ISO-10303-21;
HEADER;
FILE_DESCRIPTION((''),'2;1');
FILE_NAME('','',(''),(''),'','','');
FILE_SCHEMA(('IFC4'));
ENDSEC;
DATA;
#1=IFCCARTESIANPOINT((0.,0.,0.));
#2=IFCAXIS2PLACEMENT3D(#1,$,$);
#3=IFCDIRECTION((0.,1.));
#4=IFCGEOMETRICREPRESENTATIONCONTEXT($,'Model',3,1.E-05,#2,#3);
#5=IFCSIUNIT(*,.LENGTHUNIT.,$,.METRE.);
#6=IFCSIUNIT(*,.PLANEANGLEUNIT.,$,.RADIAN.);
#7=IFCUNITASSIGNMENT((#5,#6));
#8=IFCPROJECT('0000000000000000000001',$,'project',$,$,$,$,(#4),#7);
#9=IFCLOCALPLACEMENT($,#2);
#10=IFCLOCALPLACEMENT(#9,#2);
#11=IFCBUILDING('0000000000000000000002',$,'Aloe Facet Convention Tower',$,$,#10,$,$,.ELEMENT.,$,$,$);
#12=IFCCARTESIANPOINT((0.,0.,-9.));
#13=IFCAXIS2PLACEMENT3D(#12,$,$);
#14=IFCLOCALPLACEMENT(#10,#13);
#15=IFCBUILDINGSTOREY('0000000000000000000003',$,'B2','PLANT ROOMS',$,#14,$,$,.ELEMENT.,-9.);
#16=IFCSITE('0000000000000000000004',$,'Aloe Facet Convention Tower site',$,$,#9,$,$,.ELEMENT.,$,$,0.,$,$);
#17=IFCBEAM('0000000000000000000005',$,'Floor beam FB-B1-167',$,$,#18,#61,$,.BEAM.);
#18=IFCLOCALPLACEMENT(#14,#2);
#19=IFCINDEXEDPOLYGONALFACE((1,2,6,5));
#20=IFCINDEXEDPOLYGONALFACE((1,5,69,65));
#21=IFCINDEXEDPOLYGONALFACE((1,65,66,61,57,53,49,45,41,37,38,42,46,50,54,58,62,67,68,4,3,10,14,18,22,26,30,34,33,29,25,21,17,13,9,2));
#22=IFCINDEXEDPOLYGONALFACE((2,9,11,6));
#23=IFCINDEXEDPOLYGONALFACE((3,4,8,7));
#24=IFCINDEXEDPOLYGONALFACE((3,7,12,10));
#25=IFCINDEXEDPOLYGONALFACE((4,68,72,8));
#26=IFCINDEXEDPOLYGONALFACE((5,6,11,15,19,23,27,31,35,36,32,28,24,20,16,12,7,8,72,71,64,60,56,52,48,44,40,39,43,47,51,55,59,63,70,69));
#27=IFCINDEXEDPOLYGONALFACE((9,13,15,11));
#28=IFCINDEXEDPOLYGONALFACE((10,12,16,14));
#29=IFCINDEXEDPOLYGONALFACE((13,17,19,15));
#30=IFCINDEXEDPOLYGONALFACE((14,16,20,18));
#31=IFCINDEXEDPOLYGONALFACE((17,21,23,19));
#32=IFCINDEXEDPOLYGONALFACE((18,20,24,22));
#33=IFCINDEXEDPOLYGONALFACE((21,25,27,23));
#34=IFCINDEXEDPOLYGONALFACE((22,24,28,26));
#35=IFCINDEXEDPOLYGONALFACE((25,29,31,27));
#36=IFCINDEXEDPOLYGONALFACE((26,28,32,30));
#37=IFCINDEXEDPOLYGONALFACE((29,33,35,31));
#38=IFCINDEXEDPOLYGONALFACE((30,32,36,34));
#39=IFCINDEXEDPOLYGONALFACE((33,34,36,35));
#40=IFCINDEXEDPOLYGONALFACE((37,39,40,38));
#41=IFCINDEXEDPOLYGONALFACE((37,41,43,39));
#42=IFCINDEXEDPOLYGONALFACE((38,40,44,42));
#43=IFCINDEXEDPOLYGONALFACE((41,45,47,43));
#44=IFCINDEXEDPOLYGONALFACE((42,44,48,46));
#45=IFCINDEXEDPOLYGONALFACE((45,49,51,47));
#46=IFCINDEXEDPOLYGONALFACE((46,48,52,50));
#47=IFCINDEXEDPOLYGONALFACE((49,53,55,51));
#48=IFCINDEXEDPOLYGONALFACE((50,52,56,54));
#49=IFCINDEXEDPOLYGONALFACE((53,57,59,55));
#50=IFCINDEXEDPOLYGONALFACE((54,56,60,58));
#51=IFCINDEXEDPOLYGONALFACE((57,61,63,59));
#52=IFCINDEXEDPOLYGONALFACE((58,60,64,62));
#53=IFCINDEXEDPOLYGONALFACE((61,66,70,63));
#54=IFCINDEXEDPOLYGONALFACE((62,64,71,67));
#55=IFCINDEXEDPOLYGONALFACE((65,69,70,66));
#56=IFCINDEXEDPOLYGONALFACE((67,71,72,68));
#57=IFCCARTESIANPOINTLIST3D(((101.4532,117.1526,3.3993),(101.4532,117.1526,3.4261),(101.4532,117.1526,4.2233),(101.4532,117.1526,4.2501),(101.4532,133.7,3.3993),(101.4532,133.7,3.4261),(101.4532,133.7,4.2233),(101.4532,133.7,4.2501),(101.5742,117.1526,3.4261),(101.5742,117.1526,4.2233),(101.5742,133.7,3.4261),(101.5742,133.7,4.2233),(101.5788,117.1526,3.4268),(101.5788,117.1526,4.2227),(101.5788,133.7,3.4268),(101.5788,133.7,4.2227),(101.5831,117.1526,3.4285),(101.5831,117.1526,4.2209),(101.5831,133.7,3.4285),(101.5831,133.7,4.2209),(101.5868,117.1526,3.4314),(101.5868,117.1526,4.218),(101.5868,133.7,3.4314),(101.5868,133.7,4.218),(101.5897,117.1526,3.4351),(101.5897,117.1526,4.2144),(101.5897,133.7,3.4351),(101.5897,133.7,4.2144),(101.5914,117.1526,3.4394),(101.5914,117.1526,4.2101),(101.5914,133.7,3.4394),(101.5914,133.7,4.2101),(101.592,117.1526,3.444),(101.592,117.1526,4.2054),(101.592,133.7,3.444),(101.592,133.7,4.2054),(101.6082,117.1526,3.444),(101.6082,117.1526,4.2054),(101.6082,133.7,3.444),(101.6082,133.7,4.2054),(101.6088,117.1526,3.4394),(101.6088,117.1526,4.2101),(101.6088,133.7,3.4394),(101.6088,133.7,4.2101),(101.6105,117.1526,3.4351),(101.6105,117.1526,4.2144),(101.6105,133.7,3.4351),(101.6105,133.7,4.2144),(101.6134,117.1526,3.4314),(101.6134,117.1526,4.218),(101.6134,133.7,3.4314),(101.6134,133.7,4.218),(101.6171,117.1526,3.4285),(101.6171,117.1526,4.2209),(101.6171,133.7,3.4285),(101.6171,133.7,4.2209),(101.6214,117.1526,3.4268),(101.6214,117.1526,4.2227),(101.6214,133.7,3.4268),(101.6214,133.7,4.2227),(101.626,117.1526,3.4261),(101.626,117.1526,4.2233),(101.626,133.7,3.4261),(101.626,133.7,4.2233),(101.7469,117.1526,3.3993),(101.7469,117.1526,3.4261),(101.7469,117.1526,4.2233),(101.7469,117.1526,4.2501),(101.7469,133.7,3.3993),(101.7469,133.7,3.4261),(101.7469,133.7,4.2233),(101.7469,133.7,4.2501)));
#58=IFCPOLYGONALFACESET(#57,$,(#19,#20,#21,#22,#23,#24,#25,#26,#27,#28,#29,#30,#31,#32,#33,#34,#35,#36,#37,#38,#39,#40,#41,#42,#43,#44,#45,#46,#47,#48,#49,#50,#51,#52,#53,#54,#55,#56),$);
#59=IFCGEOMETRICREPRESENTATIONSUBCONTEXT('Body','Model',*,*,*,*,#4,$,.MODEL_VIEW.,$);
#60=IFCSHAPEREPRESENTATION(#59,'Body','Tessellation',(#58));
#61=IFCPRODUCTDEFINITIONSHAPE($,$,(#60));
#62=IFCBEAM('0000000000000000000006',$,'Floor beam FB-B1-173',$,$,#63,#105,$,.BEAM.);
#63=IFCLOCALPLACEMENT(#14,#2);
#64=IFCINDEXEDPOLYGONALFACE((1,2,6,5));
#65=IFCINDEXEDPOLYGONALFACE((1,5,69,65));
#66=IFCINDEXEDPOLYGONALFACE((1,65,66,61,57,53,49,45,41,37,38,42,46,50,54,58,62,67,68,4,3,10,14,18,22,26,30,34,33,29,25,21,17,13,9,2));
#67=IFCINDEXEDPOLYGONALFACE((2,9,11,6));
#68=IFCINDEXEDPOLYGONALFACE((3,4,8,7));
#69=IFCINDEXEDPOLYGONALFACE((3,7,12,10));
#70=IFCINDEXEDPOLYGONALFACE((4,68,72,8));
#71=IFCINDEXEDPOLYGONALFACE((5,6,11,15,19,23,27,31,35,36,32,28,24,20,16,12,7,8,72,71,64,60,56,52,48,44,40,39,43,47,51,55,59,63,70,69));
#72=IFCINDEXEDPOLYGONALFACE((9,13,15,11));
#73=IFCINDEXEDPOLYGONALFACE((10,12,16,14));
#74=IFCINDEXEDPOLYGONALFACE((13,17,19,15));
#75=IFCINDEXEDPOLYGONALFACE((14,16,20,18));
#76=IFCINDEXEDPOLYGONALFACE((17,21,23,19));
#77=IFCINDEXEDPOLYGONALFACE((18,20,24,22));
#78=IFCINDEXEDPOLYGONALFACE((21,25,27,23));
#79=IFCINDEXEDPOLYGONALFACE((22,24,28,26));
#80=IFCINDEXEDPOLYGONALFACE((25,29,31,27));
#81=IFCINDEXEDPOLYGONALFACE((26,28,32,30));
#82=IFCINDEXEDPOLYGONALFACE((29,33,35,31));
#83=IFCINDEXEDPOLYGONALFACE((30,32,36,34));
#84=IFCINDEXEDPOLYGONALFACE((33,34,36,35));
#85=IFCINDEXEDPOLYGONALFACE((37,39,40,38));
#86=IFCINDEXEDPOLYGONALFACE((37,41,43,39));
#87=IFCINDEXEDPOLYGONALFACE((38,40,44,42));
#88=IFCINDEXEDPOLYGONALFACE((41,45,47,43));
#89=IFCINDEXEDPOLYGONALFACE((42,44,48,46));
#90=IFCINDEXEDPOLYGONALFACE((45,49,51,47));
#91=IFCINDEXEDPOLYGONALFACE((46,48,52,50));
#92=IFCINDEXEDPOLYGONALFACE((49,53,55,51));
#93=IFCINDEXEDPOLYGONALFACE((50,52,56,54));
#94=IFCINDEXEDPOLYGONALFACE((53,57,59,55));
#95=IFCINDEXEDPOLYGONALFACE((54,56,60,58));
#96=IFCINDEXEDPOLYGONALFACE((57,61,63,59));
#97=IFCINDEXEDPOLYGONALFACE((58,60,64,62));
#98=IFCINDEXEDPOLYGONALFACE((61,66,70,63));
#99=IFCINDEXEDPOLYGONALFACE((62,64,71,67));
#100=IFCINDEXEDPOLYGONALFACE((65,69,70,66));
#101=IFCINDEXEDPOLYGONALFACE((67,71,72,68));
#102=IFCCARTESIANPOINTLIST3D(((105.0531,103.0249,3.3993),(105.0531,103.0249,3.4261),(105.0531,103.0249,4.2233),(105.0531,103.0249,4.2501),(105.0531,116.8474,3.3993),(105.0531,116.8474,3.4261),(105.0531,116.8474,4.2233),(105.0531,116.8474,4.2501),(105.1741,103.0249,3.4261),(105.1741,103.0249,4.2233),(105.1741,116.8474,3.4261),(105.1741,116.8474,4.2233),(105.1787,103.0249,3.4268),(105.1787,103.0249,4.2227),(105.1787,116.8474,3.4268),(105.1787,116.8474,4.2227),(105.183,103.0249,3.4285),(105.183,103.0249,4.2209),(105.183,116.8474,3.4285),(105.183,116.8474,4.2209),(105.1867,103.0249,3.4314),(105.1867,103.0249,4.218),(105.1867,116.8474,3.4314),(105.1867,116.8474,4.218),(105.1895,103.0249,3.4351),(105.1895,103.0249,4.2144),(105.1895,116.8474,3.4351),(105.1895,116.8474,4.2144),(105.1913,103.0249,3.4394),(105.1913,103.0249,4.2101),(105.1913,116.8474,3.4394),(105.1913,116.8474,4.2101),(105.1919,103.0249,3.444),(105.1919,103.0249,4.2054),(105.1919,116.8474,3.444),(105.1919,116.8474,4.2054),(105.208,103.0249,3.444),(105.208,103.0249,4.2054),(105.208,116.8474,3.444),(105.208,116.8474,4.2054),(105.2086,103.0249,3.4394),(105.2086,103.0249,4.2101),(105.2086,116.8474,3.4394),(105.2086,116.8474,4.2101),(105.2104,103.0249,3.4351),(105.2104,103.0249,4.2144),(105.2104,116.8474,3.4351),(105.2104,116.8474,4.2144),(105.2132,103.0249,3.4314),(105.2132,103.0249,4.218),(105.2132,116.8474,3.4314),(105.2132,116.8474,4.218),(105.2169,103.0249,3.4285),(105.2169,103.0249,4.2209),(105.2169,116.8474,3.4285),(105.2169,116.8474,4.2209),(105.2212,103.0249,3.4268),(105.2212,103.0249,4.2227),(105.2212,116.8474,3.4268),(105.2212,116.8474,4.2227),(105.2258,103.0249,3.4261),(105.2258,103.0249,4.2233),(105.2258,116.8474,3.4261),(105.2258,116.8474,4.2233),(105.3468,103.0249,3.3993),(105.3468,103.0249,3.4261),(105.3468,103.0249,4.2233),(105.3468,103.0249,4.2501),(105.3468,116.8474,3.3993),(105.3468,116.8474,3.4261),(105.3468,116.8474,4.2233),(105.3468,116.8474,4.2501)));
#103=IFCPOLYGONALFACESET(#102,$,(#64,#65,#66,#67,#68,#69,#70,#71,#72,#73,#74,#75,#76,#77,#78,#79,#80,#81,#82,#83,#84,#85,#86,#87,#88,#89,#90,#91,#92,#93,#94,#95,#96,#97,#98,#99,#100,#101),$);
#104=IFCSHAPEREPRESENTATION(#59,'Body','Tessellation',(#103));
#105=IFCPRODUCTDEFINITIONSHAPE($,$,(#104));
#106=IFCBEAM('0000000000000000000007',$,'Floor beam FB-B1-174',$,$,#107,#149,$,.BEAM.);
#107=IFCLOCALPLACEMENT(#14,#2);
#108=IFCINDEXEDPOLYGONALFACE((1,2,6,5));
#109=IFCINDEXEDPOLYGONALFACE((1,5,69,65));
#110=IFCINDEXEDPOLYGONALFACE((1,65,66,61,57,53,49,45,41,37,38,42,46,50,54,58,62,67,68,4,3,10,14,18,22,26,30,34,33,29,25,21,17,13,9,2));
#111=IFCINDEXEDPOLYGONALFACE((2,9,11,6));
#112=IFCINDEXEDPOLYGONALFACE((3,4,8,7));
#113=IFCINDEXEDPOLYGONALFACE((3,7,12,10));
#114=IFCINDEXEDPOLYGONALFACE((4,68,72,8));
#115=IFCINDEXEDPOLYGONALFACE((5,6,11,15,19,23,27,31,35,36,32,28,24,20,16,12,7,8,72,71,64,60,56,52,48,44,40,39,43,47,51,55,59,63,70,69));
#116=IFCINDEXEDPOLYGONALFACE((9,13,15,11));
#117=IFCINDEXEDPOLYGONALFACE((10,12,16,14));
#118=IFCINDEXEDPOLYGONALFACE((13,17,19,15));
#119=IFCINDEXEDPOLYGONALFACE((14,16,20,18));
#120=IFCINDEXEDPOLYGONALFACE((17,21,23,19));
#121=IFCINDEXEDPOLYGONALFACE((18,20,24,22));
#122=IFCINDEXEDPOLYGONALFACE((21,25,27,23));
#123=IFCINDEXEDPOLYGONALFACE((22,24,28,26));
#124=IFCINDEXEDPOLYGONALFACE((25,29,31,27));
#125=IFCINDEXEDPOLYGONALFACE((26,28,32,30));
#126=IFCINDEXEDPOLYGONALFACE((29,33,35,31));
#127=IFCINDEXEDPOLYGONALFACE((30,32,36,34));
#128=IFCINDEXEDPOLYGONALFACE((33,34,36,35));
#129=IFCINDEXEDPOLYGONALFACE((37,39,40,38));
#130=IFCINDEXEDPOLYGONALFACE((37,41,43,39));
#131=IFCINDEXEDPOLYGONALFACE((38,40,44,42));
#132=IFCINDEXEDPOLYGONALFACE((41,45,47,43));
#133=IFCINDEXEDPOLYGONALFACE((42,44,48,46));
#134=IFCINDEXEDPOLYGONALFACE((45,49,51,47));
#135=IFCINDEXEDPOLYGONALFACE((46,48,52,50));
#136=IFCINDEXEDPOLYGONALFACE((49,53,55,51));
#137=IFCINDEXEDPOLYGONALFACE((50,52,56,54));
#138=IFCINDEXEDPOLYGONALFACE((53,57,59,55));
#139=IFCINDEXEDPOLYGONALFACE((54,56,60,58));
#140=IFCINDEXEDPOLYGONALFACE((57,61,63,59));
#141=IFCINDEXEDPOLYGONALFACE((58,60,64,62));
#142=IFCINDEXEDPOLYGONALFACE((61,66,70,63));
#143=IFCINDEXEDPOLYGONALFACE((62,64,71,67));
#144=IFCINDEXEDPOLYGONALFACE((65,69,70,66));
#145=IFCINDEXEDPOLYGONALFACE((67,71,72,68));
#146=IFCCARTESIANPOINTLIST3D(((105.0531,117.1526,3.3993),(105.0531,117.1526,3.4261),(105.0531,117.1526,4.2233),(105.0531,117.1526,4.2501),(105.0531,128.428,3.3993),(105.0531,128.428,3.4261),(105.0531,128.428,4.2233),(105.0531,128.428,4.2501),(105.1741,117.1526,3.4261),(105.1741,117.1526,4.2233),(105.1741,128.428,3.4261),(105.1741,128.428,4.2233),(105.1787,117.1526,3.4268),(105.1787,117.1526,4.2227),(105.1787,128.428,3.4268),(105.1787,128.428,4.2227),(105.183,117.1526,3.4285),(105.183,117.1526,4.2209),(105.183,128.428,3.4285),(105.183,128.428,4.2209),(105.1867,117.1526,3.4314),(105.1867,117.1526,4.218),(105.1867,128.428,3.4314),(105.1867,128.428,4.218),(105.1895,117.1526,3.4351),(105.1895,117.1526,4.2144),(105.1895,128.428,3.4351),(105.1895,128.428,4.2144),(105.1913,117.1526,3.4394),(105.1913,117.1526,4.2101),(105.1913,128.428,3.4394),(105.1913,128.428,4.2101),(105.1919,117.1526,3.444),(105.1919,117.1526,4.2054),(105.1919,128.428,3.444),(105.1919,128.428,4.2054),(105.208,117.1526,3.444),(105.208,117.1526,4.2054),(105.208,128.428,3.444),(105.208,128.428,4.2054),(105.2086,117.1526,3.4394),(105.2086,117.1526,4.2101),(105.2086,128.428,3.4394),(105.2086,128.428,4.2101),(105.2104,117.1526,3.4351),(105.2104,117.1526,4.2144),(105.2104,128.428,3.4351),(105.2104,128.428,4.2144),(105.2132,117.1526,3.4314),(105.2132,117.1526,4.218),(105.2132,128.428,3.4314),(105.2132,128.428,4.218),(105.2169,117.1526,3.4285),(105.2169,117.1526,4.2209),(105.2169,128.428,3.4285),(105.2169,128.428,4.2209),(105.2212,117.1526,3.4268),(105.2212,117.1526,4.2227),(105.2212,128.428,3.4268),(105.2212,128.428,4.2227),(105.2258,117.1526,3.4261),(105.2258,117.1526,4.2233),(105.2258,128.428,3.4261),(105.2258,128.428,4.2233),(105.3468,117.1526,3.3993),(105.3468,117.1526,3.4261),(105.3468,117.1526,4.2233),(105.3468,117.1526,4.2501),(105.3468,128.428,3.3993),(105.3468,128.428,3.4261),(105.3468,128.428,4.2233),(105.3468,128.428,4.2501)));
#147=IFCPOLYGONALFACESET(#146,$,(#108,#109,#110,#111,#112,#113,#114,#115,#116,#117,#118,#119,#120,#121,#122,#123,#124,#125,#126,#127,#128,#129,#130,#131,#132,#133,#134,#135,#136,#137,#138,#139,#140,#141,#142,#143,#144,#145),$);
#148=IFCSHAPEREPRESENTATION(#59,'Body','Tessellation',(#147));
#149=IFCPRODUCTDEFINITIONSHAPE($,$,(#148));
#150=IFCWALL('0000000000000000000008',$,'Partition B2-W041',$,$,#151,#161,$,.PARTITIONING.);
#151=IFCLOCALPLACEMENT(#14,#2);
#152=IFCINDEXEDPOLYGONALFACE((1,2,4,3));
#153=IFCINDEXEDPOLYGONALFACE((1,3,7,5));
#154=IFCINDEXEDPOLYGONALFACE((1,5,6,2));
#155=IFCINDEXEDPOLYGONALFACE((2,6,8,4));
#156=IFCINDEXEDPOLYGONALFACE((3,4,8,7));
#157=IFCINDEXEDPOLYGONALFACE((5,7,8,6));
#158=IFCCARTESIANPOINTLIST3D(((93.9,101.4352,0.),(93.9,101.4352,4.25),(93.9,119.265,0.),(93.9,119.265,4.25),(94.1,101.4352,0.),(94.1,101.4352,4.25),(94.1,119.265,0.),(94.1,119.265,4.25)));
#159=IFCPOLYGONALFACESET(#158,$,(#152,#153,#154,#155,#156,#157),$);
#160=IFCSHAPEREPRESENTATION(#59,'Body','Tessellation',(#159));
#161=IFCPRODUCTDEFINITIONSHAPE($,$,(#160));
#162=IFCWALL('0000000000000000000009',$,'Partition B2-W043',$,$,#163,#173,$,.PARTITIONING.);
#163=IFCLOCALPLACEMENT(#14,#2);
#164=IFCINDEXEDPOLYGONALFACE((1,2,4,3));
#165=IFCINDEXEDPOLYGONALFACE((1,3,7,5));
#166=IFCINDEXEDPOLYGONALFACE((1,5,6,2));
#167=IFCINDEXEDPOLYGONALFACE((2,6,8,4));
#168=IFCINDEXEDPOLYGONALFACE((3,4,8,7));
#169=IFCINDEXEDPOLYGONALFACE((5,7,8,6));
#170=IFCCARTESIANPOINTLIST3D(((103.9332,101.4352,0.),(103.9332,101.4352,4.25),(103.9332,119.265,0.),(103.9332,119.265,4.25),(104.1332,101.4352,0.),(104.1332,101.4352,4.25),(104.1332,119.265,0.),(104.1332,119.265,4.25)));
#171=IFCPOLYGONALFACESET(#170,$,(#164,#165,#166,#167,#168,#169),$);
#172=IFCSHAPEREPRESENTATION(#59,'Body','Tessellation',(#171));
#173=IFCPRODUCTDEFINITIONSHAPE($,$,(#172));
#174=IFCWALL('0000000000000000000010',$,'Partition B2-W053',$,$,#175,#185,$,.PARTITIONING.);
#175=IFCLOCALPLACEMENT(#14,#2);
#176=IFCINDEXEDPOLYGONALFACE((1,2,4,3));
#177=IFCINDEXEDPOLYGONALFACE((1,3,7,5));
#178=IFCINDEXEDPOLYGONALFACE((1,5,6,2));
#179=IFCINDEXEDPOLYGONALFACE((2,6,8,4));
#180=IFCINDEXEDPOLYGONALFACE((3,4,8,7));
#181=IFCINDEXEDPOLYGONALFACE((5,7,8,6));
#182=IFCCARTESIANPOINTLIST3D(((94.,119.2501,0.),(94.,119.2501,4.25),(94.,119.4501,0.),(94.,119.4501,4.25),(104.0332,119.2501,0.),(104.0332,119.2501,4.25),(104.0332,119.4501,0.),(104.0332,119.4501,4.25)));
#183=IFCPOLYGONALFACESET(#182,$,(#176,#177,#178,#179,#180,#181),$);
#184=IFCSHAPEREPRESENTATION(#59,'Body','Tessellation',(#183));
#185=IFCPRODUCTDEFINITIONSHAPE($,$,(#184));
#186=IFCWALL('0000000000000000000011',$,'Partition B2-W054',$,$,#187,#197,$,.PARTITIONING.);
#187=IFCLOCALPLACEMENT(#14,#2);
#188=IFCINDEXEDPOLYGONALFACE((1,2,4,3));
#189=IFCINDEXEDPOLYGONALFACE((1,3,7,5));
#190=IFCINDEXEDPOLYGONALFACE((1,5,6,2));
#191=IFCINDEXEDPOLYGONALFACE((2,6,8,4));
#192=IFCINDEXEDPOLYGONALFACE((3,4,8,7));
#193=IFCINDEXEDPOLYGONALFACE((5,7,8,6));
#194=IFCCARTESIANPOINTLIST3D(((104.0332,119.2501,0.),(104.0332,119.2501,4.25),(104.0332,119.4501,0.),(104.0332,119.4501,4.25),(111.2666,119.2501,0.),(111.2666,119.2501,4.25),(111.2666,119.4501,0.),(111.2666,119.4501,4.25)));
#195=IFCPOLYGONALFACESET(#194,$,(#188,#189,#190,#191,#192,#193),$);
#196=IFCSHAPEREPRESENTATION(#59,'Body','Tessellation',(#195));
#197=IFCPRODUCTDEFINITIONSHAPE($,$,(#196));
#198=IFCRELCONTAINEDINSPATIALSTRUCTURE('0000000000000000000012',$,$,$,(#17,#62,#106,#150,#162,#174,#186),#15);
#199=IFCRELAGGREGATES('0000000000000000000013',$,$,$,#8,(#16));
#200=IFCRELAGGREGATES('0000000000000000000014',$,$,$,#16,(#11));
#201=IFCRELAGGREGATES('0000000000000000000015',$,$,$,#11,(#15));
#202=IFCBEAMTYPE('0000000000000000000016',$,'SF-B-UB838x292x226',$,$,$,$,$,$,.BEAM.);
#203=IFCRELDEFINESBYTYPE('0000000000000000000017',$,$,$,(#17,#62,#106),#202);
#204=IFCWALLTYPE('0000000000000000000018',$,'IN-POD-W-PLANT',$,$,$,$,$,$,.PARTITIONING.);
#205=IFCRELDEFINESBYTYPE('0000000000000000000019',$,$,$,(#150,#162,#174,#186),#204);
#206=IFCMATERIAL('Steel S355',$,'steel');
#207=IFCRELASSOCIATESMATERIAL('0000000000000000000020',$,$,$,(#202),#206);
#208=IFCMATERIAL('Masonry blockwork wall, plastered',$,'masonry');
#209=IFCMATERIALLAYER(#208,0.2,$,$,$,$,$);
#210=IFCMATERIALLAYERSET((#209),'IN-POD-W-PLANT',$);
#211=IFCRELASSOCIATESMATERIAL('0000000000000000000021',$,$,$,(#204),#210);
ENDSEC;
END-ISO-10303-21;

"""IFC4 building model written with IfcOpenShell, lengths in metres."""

from ifc_helpers import new_model, si_unit, direction, frame, frame_2d, origin, origin_2d, place, context, subcontext, project, spatial, rectangle, i_section, extrude, material, layer, layer_set, material_profile, profile_set, type_object, element, save


model = new_model("IFC4")

# Units and contexts
model_context = context("Model", 3, precision=1e-05, world=origin(), true_north=direction((0.0, 1.0)))
body_context = subcontext(model_context, "Body", "Model", "MODEL_VIEW")
ifc_project = project(units=[si_unit("LENGTHUNIT", "METRE"), si_unit("PLANEANGLEUNIT", "RADIAN")], contexts=[model_context])

# Site, building, storey
site_placement = place(None, origin())
site = spatial("IfcSite", under=ifc_project, at=site_placement, Name="Aloe Facet Convention Tower site", CompositionType="ELEMENT", RefElevation=0.0)
building_placement = place(site_placement, origin())
building = spatial("IfcBuilding", under=site, at=building_placement, Name="Aloe Facet Convention Tower", CompositionType="ELEMENT")
storey_placement = place(building_placement, frame((0.0, 0.0, -9.0)))
storey = spatial("IfcBuildingStorey", under=building, at=storey_placement, Name="B2", Description="PLANT ROOMS", CompositionType="ELEMENT", Elevation=-9.0)

# Beams
ifc_material_1 = material(Name="Steel S355", Category="steel")
ifc_material_profile_1 = material_profile(ifc_material_1, i_section(OverallWidth=0.2937, OverallDepth=0.8508, WebThickness=0.0161, FlangeThickness=0.0269, FilletRadius=0.0178, at=origin_2d()), Name="UB 838x292x226")
ifc_profile_set_1 = profile_set([ifc_material_profile_1], Name="Steel S355")
beam_type_1 = type_object("IfcBeamType", Name="SF-B-UB838x292x226", PredefinedType="BEAM", material=ifc_profile_set_1)
beam_1_placement = place(storey_placement, frame((101.6001, 117.1526, 3.8247), z_axis=(0.0, 1.0, 0.0), x_axis=(-1.0, 0.0, 0.0)))
element("IfcBeam", 1, at=beam_1_placement, inside=storey, type_object=beam_type_1, Name="Floor beam FB-B1-167", PredefinedType="BEAM", context=body_context, shape_type="SweptSolid", body=[
    extrude(i_section(OverallWidth=0.2937, OverallDepth=0.8508, WebThickness=0.0161, FlangeThickness=0.0269, FilletRadius=0.0178, at=origin_2d()), origin(), (0.0, 0.0, 1.0), 16.5474),
])
beam_2_placement = place(storey_placement, frame((105.2, 103.0249, 3.8247), z_axis=(0.0, 1.0, 0.0), x_axis=(-1.0, 0.0, 0.0)))
element("IfcBeam", 2, at=beam_2_placement, inside=storey, type_object=beam_type_1, Name="Floor beam FB-B1-173", PredefinedType="BEAM", context=body_context, shape_type="SweptSolid", body=[
    extrude(i_section(OverallWidth=0.2937, OverallDepth=0.8508, WebThickness=0.0161, FlangeThickness=0.0269, FilletRadius=0.0178, at=origin_2d()), origin(), (0.0, 0.0, 1.0), 13.8225),
])
beam_3_placement = place(storey_placement, frame((105.2, 117.1526, 3.8247), z_axis=(0.0, 1.0, 0.0), x_axis=(-1.0, 0.0, 0.0)))
element("IfcBeam", 3, at=beam_3_placement, inside=storey, type_object=beam_type_1, Name="Floor beam FB-B1-174", PredefinedType="BEAM", context=body_context, shape_type="SweptSolid", body=[
    extrude(i_section(OverallWidth=0.2937, OverallDepth=0.8508, WebThickness=0.0161, FlangeThickness=0.0269, FilletRadius=0.0178, at=origin_2d()), origin(), (0.0, 0.0, 1.0), 11.2754),
])

# Walls
ifc_material_2 = material(Name="Masonry blockwork wall, plastered", Category="masonry")
ifc_layer = layer(ifc_material_2, 0.2)
ifc_layer_set = layer_set([ifc_layer], Name="IN-POD-W-PLANT")
wall_type = type_object("IfcWallType", Name="IN-POD-W-PLANT", PredefinedType="PARTITIONING", material=ifc_layer_set)
for number, where, z_axis, x_axis, name in (
    (4, (94.0, 101.4351, 0.0), (0.0, 0.0, 1.0), (0.0, 1.0, 0.0), "Partition B2-W041"),
    (5, (104.0332, 101.4351, 0.0), (0.0, 0.0, 1.0), (0.0, 1.0, 0.0), "Partition B2-W043"),
):
    element("IfcWall", number, at=place(storey_placement, frame(where, z_axis=z_axis, x_axis=x_axis)), inside=storey, type_object=wall_type, Name=name, PredefinedType="PARTITIONING", context=body_context, shape_type="SweptSolid", body=[
        extrude(rectangle(XDim=17.8298, YDim=0.2, at=frame_2d((8.915, 0.0))), origin(), (0.0, 0.0, 1.0), 4.25),
    ])
wall_1_placement = place(storey_placement, frame((94.0, 119.3501, 0.0), z_axis=(0.0, 0.0, 1.0), x_axis=(1.0, 0.0, 0.0)))
element("IfcWall", 6, at=wall_1_placement, inside=storey, type_object=wall_type, Name="Partition B2-W053", PredefinedType="PARTITIONING", context=body_context, shape_type="SweptSolid", body=[
    extrude(rectangle(XDim=10.0332, YDim=0.2, at=frame_2d((5.0166, 0.0))), origin(), (0.0, 0.0, 1.0), 4.25),
])
wall_2_placement = place(storey_placement, frame((104.0332, 119.3501, 0.0), z_axis=(0.0, 0.0, 1.0), x_axis=(1.0, 0.0, 0.0)))
element("IfcWall", 7, at=wall_2_placement, inside=storey, type_object=wall_type, Name="Partition B2-W054", PredefinedType="PARTITIONING", context=body_context, shape_type="SweptSolid", body=[
    extrude(rectangle(XDim=7.2334, YDim=0.2, at=frame_2d((3.6167, 0.0))), origin(), (0.0, 0.0, 1.0), 4.25),
])

save(model, "model.ifc")
